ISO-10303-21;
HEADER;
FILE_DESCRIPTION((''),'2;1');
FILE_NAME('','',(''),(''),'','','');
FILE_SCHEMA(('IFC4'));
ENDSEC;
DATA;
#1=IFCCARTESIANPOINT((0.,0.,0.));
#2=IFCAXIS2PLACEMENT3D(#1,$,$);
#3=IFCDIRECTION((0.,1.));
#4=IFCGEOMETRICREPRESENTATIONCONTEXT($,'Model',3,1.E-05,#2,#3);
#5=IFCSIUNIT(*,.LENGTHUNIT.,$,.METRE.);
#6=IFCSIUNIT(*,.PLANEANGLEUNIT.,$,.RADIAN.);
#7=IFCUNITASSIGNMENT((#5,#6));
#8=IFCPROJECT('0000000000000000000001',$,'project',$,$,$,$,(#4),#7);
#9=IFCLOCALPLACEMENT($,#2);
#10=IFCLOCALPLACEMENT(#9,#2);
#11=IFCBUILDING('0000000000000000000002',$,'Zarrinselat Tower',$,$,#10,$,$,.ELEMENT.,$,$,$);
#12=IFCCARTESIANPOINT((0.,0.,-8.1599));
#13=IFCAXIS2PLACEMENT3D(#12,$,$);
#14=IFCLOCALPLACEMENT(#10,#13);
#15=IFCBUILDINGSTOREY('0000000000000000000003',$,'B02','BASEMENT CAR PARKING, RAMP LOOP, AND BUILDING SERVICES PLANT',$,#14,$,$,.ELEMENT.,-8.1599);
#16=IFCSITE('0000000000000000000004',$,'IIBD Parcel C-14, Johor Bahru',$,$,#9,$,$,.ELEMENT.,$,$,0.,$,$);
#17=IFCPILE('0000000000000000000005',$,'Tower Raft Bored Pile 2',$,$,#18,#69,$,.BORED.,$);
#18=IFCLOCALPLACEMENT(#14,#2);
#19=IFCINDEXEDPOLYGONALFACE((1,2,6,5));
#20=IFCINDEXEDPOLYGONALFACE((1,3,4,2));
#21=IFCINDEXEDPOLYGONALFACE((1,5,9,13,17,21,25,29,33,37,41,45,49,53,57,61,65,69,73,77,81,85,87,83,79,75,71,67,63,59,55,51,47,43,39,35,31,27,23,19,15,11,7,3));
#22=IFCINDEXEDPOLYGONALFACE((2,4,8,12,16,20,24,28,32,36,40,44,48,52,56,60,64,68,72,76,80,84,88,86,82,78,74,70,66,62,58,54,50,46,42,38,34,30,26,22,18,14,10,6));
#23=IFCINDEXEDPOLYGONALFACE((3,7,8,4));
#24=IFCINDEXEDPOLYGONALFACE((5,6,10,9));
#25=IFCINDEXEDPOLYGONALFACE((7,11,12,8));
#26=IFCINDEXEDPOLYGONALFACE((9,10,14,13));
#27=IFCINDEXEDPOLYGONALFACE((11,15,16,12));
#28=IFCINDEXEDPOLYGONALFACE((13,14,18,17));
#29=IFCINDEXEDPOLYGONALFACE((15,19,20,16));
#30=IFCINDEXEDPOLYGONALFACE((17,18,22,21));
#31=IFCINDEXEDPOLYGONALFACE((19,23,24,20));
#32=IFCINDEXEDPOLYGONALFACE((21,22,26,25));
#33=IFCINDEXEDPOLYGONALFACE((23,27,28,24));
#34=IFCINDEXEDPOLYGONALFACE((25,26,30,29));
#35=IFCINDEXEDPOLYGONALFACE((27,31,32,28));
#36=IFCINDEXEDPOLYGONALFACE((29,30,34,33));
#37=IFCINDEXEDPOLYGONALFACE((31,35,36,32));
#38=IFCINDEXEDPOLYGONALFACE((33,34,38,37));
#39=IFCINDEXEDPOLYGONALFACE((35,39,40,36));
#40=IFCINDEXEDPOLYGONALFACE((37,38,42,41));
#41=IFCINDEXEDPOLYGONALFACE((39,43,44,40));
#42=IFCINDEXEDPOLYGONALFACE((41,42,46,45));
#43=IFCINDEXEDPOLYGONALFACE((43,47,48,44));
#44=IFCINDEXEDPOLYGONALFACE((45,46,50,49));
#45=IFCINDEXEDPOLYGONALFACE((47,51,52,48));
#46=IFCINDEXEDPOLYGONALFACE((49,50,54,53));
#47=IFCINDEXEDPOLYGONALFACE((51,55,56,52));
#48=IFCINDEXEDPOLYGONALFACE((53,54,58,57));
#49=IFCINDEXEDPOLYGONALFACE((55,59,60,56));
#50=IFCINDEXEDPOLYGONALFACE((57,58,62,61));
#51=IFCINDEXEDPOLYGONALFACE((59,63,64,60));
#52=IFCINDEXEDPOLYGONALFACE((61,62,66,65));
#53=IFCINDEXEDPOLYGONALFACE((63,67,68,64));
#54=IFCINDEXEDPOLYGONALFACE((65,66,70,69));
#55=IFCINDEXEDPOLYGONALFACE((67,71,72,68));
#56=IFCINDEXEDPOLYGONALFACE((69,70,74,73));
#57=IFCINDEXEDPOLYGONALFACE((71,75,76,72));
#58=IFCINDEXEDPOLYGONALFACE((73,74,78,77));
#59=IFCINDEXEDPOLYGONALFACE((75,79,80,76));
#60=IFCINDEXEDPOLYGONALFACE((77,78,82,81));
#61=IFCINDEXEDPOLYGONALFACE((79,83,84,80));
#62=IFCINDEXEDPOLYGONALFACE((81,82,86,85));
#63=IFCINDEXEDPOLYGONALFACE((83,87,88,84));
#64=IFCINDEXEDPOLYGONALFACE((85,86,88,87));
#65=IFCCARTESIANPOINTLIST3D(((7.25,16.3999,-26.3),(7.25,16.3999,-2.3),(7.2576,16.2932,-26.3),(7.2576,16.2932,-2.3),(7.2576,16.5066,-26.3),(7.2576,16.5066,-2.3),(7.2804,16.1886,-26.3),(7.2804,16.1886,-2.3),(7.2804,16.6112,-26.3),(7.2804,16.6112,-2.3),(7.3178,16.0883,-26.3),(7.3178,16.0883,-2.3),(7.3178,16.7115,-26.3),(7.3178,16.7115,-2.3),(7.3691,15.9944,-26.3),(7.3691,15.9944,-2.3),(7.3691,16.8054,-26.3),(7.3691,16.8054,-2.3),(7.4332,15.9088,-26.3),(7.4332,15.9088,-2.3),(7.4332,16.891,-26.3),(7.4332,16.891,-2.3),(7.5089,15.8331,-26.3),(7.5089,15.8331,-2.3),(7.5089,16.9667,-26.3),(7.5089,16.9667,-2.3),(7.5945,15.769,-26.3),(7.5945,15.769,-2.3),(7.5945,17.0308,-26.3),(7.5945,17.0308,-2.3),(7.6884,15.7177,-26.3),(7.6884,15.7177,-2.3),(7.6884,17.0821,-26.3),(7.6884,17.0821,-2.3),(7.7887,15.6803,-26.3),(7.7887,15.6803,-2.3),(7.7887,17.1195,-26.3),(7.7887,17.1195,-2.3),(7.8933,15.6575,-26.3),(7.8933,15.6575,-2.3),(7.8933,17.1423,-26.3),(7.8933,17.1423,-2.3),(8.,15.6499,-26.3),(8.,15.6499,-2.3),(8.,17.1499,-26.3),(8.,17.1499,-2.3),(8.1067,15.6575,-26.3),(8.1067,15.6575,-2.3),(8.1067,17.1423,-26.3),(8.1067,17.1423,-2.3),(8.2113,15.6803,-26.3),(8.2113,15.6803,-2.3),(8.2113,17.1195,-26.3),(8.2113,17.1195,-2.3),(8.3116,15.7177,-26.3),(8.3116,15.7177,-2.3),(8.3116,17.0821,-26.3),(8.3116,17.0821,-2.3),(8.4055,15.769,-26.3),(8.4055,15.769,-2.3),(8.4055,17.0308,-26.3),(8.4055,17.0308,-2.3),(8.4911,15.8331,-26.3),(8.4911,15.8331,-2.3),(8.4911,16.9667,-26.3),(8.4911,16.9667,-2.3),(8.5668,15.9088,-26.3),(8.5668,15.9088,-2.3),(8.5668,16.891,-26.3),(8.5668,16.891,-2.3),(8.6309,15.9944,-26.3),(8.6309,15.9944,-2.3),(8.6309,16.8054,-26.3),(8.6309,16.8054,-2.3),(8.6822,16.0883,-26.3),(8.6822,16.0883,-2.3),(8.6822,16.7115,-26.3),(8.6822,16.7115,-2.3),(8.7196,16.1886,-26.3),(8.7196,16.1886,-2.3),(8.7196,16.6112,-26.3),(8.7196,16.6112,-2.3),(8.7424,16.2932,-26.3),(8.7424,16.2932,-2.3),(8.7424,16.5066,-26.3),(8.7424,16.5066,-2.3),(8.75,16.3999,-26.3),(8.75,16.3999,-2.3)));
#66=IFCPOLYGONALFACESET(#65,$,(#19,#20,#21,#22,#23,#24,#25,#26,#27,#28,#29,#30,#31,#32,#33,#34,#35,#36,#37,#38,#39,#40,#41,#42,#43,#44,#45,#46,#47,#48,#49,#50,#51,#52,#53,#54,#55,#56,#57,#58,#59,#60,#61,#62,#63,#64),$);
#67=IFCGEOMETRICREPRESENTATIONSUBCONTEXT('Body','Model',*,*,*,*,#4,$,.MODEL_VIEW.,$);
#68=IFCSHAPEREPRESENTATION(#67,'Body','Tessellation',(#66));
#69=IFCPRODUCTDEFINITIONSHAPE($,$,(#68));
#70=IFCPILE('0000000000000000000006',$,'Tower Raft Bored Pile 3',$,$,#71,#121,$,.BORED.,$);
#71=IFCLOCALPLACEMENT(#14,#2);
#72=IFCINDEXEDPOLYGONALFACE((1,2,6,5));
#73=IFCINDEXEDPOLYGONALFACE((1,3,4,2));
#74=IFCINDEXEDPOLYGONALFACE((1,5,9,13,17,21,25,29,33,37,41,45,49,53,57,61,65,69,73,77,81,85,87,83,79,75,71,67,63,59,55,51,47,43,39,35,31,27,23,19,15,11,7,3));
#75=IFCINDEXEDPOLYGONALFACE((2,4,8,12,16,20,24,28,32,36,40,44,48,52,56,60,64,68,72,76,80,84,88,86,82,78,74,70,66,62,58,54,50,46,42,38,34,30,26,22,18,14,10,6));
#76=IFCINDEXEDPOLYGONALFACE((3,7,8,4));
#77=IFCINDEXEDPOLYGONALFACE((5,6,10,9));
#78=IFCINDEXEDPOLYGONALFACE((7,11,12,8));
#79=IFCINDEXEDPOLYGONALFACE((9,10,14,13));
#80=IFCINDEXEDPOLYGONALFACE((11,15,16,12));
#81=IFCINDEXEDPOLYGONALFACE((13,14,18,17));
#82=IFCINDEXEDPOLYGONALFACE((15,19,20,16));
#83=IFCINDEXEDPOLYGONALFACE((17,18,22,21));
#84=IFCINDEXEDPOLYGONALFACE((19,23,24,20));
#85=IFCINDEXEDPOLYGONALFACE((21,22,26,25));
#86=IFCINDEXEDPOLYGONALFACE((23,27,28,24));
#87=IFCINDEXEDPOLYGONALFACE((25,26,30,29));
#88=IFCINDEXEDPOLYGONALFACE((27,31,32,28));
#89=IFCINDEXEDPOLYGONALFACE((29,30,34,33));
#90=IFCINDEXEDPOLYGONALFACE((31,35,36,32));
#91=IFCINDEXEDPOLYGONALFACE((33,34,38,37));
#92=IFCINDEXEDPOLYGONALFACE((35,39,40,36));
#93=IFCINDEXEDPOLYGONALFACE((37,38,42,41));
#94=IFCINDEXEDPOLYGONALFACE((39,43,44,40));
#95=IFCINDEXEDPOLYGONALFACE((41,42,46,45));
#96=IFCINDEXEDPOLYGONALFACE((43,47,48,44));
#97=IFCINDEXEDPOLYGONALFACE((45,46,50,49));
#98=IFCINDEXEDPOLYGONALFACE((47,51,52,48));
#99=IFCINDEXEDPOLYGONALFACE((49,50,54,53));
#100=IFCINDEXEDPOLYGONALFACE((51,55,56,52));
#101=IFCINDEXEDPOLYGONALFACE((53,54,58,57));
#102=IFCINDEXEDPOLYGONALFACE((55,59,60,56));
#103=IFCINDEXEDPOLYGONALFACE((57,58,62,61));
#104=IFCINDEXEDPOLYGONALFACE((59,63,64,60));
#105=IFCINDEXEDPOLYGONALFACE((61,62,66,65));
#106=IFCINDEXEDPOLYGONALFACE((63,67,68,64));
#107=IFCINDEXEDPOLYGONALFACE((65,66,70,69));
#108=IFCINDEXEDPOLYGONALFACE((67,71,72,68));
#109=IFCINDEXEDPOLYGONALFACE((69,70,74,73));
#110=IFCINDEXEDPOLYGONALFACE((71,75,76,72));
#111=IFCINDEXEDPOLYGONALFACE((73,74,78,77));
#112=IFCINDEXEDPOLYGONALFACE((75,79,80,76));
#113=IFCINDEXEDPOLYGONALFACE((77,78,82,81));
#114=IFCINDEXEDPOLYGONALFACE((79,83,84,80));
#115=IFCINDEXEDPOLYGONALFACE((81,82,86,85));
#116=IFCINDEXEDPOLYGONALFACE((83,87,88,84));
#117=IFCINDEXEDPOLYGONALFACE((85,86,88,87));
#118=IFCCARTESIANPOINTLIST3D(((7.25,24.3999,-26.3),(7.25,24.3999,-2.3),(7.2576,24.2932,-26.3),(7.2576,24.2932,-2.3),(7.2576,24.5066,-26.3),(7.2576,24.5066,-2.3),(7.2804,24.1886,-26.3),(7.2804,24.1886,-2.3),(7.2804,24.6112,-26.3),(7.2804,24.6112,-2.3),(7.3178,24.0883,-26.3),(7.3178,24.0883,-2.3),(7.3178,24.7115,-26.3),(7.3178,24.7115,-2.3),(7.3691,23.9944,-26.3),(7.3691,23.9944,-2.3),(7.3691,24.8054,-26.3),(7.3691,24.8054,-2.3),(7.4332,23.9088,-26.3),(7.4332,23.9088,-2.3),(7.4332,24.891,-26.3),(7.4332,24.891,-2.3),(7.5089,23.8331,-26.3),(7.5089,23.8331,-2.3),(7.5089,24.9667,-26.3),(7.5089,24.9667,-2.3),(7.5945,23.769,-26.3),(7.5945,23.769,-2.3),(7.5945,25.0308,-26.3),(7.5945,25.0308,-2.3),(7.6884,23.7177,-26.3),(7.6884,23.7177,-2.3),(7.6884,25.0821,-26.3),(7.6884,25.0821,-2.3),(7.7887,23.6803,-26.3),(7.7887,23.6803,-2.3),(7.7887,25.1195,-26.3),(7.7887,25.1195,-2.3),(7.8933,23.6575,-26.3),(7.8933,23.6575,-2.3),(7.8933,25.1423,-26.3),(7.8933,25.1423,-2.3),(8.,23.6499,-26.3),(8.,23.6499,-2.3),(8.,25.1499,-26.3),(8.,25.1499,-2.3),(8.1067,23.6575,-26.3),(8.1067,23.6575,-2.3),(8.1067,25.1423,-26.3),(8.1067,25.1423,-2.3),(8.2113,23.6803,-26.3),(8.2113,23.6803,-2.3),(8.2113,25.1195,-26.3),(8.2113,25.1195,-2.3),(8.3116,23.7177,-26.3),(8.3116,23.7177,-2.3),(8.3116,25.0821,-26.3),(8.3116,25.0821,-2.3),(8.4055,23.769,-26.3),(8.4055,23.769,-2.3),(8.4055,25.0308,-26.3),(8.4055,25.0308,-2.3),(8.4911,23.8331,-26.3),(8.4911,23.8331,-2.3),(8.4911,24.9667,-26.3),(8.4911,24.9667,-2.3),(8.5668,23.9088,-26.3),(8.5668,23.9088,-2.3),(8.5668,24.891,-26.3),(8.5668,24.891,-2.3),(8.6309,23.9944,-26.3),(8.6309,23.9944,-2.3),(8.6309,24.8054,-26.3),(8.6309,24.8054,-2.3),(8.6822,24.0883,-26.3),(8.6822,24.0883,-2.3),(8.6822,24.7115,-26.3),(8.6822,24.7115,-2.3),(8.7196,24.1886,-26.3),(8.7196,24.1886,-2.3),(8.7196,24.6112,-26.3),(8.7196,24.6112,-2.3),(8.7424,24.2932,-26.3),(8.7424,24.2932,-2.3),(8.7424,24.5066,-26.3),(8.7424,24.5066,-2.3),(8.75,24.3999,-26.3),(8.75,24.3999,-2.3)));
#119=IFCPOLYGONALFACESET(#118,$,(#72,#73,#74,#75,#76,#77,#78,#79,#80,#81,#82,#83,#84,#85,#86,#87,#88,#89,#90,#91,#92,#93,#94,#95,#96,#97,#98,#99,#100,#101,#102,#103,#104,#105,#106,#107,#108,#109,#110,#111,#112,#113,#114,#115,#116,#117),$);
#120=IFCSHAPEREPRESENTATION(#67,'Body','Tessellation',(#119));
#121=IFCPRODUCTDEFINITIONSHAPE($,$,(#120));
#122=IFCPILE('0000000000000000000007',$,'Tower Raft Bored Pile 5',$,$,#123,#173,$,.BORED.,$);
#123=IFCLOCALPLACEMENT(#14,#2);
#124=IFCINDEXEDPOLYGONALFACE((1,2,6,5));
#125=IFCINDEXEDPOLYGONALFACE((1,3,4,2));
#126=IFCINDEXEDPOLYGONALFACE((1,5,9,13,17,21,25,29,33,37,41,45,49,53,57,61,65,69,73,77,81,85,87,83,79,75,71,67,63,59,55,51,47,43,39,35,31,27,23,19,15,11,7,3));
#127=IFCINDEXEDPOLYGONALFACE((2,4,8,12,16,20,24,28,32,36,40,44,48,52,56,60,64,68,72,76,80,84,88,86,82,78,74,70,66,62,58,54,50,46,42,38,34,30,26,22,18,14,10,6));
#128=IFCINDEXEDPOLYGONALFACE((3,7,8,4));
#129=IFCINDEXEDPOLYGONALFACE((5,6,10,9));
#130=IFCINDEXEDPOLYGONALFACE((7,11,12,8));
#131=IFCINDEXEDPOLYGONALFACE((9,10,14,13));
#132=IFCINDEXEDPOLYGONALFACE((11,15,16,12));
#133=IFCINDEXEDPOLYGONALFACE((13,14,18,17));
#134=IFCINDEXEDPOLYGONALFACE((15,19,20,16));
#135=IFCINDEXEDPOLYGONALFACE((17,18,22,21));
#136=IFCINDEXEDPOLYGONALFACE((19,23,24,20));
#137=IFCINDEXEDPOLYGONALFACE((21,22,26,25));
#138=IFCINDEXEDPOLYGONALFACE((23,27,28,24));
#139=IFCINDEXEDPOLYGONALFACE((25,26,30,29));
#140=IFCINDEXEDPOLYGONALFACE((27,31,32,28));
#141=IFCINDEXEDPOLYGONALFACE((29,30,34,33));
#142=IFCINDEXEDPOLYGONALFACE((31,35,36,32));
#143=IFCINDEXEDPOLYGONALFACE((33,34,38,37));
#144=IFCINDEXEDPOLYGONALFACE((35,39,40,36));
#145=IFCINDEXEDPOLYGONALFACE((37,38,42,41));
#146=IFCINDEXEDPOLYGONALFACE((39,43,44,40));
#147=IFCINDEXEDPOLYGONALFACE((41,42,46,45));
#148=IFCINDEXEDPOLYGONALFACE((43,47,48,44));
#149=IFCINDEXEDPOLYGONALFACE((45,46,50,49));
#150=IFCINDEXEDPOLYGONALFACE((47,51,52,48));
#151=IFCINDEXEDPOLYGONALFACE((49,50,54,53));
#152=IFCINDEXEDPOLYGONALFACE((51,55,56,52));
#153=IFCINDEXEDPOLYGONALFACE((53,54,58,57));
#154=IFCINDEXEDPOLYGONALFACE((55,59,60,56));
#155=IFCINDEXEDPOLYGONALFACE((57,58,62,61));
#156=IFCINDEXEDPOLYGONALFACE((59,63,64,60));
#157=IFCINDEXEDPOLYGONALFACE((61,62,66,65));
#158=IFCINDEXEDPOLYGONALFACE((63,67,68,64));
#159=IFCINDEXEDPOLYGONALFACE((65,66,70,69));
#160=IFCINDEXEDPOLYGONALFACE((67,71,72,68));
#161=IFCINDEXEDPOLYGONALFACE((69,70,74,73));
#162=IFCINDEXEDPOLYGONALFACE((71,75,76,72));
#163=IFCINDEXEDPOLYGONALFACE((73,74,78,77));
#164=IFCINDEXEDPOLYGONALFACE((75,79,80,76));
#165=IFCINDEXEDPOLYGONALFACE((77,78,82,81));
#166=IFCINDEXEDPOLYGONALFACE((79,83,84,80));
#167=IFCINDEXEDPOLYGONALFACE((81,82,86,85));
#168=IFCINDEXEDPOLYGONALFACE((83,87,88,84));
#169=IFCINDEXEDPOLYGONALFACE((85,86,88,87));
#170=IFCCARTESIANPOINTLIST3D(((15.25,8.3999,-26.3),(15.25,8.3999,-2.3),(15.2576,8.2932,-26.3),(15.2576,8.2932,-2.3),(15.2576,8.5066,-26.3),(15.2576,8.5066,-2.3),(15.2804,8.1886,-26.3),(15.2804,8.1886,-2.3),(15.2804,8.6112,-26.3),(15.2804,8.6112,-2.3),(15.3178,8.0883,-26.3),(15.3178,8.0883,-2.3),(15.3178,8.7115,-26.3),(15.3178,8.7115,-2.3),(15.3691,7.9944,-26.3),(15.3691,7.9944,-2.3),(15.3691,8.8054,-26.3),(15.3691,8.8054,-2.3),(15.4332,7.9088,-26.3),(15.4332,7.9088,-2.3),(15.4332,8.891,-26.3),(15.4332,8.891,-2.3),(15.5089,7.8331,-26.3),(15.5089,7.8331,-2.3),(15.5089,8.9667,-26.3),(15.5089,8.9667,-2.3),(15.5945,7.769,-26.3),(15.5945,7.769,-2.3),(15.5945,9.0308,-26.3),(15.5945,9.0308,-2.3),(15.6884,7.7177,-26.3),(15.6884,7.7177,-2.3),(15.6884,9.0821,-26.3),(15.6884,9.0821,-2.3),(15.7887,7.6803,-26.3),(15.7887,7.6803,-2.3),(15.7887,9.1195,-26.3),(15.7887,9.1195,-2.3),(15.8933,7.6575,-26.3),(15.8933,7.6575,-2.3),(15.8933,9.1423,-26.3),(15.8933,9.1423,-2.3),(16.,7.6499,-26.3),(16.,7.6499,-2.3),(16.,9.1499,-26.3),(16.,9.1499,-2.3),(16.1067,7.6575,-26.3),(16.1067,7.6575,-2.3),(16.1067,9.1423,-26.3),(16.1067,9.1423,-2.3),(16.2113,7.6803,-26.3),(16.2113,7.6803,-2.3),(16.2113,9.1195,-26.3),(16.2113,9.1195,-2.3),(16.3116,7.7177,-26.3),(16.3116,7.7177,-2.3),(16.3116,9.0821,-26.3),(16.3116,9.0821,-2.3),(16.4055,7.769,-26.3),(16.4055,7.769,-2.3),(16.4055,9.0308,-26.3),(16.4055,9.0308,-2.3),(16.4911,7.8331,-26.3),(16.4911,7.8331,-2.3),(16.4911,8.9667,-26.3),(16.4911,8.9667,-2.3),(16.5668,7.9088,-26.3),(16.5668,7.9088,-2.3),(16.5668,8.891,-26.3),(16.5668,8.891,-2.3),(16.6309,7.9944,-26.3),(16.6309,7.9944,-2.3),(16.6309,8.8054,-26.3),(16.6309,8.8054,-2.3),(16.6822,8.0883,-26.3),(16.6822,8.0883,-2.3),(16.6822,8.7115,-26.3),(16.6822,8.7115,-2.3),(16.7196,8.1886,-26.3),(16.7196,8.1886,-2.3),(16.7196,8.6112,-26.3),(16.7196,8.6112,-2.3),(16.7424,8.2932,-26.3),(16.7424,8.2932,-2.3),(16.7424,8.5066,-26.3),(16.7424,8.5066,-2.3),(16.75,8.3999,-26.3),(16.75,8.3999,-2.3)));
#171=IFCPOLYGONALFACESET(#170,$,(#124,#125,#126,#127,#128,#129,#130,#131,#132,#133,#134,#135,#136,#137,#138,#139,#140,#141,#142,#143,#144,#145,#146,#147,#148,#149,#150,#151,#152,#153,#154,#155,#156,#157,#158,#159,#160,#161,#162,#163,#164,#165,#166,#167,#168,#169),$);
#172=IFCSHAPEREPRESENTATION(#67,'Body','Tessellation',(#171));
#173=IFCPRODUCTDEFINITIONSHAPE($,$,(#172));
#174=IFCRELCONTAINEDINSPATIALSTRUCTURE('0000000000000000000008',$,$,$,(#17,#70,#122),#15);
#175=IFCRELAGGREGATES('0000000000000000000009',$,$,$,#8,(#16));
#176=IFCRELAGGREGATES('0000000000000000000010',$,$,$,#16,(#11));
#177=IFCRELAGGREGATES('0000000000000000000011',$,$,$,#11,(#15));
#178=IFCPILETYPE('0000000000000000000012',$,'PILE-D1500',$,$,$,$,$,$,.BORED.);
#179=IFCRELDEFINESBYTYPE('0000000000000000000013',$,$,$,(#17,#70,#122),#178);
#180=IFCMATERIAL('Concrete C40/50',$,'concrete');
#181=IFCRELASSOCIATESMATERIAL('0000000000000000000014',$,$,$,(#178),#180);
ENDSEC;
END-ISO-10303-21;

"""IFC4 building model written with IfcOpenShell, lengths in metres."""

from ifc_helpers import new_model, si_unit, direction, frame, origin, origin_2d, place, context, subcontext, project, spatial, circle, extrude, material, material_profile, profile_set, type_object, element, save


model = new_model("IFC4")

# Units and contexts
model_context = context("Model", 3, precision=1e-05, world=origin(), true_north=direction((0.0, 1.0)))
body_context = subcontext(model_context, "Body", "Model", "MODEL_VIEW")
ifc_project = project(units=[si_unit("LENGTHUNIT", "METRE"), si_unit("PLANEANGLEUNIT", "RADIAN")], contexts=[model_context])

# Site, building, storey
site_placement = place(None, origin())
site = spatial("IfcSite", under=ifc_project, at=site_placement, Name="IIBD Parcel C-14, Johor Bahru", CompositionType="ELEMENT", RefElevation=0.0)
building_placement = place(site_placement, origin())
building = spatial("IfcBuilding", under=site, at=building_placement, Name="Zarrinselat Tower", CompositionType="ELEMENT")
storey_placement = place(building_placement, frame((0.0, 0.0, -8.1599)))
storey = spatial("IfcBuildingStorey", under=building, at=storey_placement, Name="B02", Description="BASEMENT CAR PARKING, RAMP LOOP, AND BUILDING SERVICES PLANT", CompositionType="ELEMENT", Elevation=-8.1599)

# Piles
ifc_material_1 = material(Name="Concrete C40/50", Category="concrete")
ifc_material_profile_1 = material_profile(ifc_material_1, circle(Radius=0.75, at=origin_2d()), Name="BORED PILE D1500")
ifc_profile_set_1 = profile_set([ifc_material_profile_1], Name="Concrete C40/50")
pile_type = type_object("IfcPileType", Name="PILE-D1500", PredefinedType="BORED", material=ifc_profile_set_1)
for number, where, z_axis, x_axis, name in (
    (1, (8.0, 16.3999, -2.3), (0.0, 0.0, -1.0), (1.0, 0.0, 0.0), "Tower Raft Bored Pile 2"),
    (2, (8.0, 24.3999, -2.3), (0.0, 0.0, -1.0), (1.0, 0.0, 0.0), "Tower Raft Bored Pile 3"),
    (3, (16.0, 8.3999, -2.3), (0.0, 0.0, -1.0), (1.0, 0.0, 0.0), "Tower Raft Bored Pile 5"),
):
    element("IfcPile", number, at=place(storey_placement, frame(where, z_axis=z_axis, x_axis=x_axis)), inside=storey, type_object=pile_type, Name=name, PredefinedType="BORED", context=body_context, shape_type="SweptSolid", body=[
        extrude(circle(Radius=0.75, at=origin_2d()), origin(), (0.0, 0.0, 1.0), 24.0),
    ])

save(model, "model.ifc")
